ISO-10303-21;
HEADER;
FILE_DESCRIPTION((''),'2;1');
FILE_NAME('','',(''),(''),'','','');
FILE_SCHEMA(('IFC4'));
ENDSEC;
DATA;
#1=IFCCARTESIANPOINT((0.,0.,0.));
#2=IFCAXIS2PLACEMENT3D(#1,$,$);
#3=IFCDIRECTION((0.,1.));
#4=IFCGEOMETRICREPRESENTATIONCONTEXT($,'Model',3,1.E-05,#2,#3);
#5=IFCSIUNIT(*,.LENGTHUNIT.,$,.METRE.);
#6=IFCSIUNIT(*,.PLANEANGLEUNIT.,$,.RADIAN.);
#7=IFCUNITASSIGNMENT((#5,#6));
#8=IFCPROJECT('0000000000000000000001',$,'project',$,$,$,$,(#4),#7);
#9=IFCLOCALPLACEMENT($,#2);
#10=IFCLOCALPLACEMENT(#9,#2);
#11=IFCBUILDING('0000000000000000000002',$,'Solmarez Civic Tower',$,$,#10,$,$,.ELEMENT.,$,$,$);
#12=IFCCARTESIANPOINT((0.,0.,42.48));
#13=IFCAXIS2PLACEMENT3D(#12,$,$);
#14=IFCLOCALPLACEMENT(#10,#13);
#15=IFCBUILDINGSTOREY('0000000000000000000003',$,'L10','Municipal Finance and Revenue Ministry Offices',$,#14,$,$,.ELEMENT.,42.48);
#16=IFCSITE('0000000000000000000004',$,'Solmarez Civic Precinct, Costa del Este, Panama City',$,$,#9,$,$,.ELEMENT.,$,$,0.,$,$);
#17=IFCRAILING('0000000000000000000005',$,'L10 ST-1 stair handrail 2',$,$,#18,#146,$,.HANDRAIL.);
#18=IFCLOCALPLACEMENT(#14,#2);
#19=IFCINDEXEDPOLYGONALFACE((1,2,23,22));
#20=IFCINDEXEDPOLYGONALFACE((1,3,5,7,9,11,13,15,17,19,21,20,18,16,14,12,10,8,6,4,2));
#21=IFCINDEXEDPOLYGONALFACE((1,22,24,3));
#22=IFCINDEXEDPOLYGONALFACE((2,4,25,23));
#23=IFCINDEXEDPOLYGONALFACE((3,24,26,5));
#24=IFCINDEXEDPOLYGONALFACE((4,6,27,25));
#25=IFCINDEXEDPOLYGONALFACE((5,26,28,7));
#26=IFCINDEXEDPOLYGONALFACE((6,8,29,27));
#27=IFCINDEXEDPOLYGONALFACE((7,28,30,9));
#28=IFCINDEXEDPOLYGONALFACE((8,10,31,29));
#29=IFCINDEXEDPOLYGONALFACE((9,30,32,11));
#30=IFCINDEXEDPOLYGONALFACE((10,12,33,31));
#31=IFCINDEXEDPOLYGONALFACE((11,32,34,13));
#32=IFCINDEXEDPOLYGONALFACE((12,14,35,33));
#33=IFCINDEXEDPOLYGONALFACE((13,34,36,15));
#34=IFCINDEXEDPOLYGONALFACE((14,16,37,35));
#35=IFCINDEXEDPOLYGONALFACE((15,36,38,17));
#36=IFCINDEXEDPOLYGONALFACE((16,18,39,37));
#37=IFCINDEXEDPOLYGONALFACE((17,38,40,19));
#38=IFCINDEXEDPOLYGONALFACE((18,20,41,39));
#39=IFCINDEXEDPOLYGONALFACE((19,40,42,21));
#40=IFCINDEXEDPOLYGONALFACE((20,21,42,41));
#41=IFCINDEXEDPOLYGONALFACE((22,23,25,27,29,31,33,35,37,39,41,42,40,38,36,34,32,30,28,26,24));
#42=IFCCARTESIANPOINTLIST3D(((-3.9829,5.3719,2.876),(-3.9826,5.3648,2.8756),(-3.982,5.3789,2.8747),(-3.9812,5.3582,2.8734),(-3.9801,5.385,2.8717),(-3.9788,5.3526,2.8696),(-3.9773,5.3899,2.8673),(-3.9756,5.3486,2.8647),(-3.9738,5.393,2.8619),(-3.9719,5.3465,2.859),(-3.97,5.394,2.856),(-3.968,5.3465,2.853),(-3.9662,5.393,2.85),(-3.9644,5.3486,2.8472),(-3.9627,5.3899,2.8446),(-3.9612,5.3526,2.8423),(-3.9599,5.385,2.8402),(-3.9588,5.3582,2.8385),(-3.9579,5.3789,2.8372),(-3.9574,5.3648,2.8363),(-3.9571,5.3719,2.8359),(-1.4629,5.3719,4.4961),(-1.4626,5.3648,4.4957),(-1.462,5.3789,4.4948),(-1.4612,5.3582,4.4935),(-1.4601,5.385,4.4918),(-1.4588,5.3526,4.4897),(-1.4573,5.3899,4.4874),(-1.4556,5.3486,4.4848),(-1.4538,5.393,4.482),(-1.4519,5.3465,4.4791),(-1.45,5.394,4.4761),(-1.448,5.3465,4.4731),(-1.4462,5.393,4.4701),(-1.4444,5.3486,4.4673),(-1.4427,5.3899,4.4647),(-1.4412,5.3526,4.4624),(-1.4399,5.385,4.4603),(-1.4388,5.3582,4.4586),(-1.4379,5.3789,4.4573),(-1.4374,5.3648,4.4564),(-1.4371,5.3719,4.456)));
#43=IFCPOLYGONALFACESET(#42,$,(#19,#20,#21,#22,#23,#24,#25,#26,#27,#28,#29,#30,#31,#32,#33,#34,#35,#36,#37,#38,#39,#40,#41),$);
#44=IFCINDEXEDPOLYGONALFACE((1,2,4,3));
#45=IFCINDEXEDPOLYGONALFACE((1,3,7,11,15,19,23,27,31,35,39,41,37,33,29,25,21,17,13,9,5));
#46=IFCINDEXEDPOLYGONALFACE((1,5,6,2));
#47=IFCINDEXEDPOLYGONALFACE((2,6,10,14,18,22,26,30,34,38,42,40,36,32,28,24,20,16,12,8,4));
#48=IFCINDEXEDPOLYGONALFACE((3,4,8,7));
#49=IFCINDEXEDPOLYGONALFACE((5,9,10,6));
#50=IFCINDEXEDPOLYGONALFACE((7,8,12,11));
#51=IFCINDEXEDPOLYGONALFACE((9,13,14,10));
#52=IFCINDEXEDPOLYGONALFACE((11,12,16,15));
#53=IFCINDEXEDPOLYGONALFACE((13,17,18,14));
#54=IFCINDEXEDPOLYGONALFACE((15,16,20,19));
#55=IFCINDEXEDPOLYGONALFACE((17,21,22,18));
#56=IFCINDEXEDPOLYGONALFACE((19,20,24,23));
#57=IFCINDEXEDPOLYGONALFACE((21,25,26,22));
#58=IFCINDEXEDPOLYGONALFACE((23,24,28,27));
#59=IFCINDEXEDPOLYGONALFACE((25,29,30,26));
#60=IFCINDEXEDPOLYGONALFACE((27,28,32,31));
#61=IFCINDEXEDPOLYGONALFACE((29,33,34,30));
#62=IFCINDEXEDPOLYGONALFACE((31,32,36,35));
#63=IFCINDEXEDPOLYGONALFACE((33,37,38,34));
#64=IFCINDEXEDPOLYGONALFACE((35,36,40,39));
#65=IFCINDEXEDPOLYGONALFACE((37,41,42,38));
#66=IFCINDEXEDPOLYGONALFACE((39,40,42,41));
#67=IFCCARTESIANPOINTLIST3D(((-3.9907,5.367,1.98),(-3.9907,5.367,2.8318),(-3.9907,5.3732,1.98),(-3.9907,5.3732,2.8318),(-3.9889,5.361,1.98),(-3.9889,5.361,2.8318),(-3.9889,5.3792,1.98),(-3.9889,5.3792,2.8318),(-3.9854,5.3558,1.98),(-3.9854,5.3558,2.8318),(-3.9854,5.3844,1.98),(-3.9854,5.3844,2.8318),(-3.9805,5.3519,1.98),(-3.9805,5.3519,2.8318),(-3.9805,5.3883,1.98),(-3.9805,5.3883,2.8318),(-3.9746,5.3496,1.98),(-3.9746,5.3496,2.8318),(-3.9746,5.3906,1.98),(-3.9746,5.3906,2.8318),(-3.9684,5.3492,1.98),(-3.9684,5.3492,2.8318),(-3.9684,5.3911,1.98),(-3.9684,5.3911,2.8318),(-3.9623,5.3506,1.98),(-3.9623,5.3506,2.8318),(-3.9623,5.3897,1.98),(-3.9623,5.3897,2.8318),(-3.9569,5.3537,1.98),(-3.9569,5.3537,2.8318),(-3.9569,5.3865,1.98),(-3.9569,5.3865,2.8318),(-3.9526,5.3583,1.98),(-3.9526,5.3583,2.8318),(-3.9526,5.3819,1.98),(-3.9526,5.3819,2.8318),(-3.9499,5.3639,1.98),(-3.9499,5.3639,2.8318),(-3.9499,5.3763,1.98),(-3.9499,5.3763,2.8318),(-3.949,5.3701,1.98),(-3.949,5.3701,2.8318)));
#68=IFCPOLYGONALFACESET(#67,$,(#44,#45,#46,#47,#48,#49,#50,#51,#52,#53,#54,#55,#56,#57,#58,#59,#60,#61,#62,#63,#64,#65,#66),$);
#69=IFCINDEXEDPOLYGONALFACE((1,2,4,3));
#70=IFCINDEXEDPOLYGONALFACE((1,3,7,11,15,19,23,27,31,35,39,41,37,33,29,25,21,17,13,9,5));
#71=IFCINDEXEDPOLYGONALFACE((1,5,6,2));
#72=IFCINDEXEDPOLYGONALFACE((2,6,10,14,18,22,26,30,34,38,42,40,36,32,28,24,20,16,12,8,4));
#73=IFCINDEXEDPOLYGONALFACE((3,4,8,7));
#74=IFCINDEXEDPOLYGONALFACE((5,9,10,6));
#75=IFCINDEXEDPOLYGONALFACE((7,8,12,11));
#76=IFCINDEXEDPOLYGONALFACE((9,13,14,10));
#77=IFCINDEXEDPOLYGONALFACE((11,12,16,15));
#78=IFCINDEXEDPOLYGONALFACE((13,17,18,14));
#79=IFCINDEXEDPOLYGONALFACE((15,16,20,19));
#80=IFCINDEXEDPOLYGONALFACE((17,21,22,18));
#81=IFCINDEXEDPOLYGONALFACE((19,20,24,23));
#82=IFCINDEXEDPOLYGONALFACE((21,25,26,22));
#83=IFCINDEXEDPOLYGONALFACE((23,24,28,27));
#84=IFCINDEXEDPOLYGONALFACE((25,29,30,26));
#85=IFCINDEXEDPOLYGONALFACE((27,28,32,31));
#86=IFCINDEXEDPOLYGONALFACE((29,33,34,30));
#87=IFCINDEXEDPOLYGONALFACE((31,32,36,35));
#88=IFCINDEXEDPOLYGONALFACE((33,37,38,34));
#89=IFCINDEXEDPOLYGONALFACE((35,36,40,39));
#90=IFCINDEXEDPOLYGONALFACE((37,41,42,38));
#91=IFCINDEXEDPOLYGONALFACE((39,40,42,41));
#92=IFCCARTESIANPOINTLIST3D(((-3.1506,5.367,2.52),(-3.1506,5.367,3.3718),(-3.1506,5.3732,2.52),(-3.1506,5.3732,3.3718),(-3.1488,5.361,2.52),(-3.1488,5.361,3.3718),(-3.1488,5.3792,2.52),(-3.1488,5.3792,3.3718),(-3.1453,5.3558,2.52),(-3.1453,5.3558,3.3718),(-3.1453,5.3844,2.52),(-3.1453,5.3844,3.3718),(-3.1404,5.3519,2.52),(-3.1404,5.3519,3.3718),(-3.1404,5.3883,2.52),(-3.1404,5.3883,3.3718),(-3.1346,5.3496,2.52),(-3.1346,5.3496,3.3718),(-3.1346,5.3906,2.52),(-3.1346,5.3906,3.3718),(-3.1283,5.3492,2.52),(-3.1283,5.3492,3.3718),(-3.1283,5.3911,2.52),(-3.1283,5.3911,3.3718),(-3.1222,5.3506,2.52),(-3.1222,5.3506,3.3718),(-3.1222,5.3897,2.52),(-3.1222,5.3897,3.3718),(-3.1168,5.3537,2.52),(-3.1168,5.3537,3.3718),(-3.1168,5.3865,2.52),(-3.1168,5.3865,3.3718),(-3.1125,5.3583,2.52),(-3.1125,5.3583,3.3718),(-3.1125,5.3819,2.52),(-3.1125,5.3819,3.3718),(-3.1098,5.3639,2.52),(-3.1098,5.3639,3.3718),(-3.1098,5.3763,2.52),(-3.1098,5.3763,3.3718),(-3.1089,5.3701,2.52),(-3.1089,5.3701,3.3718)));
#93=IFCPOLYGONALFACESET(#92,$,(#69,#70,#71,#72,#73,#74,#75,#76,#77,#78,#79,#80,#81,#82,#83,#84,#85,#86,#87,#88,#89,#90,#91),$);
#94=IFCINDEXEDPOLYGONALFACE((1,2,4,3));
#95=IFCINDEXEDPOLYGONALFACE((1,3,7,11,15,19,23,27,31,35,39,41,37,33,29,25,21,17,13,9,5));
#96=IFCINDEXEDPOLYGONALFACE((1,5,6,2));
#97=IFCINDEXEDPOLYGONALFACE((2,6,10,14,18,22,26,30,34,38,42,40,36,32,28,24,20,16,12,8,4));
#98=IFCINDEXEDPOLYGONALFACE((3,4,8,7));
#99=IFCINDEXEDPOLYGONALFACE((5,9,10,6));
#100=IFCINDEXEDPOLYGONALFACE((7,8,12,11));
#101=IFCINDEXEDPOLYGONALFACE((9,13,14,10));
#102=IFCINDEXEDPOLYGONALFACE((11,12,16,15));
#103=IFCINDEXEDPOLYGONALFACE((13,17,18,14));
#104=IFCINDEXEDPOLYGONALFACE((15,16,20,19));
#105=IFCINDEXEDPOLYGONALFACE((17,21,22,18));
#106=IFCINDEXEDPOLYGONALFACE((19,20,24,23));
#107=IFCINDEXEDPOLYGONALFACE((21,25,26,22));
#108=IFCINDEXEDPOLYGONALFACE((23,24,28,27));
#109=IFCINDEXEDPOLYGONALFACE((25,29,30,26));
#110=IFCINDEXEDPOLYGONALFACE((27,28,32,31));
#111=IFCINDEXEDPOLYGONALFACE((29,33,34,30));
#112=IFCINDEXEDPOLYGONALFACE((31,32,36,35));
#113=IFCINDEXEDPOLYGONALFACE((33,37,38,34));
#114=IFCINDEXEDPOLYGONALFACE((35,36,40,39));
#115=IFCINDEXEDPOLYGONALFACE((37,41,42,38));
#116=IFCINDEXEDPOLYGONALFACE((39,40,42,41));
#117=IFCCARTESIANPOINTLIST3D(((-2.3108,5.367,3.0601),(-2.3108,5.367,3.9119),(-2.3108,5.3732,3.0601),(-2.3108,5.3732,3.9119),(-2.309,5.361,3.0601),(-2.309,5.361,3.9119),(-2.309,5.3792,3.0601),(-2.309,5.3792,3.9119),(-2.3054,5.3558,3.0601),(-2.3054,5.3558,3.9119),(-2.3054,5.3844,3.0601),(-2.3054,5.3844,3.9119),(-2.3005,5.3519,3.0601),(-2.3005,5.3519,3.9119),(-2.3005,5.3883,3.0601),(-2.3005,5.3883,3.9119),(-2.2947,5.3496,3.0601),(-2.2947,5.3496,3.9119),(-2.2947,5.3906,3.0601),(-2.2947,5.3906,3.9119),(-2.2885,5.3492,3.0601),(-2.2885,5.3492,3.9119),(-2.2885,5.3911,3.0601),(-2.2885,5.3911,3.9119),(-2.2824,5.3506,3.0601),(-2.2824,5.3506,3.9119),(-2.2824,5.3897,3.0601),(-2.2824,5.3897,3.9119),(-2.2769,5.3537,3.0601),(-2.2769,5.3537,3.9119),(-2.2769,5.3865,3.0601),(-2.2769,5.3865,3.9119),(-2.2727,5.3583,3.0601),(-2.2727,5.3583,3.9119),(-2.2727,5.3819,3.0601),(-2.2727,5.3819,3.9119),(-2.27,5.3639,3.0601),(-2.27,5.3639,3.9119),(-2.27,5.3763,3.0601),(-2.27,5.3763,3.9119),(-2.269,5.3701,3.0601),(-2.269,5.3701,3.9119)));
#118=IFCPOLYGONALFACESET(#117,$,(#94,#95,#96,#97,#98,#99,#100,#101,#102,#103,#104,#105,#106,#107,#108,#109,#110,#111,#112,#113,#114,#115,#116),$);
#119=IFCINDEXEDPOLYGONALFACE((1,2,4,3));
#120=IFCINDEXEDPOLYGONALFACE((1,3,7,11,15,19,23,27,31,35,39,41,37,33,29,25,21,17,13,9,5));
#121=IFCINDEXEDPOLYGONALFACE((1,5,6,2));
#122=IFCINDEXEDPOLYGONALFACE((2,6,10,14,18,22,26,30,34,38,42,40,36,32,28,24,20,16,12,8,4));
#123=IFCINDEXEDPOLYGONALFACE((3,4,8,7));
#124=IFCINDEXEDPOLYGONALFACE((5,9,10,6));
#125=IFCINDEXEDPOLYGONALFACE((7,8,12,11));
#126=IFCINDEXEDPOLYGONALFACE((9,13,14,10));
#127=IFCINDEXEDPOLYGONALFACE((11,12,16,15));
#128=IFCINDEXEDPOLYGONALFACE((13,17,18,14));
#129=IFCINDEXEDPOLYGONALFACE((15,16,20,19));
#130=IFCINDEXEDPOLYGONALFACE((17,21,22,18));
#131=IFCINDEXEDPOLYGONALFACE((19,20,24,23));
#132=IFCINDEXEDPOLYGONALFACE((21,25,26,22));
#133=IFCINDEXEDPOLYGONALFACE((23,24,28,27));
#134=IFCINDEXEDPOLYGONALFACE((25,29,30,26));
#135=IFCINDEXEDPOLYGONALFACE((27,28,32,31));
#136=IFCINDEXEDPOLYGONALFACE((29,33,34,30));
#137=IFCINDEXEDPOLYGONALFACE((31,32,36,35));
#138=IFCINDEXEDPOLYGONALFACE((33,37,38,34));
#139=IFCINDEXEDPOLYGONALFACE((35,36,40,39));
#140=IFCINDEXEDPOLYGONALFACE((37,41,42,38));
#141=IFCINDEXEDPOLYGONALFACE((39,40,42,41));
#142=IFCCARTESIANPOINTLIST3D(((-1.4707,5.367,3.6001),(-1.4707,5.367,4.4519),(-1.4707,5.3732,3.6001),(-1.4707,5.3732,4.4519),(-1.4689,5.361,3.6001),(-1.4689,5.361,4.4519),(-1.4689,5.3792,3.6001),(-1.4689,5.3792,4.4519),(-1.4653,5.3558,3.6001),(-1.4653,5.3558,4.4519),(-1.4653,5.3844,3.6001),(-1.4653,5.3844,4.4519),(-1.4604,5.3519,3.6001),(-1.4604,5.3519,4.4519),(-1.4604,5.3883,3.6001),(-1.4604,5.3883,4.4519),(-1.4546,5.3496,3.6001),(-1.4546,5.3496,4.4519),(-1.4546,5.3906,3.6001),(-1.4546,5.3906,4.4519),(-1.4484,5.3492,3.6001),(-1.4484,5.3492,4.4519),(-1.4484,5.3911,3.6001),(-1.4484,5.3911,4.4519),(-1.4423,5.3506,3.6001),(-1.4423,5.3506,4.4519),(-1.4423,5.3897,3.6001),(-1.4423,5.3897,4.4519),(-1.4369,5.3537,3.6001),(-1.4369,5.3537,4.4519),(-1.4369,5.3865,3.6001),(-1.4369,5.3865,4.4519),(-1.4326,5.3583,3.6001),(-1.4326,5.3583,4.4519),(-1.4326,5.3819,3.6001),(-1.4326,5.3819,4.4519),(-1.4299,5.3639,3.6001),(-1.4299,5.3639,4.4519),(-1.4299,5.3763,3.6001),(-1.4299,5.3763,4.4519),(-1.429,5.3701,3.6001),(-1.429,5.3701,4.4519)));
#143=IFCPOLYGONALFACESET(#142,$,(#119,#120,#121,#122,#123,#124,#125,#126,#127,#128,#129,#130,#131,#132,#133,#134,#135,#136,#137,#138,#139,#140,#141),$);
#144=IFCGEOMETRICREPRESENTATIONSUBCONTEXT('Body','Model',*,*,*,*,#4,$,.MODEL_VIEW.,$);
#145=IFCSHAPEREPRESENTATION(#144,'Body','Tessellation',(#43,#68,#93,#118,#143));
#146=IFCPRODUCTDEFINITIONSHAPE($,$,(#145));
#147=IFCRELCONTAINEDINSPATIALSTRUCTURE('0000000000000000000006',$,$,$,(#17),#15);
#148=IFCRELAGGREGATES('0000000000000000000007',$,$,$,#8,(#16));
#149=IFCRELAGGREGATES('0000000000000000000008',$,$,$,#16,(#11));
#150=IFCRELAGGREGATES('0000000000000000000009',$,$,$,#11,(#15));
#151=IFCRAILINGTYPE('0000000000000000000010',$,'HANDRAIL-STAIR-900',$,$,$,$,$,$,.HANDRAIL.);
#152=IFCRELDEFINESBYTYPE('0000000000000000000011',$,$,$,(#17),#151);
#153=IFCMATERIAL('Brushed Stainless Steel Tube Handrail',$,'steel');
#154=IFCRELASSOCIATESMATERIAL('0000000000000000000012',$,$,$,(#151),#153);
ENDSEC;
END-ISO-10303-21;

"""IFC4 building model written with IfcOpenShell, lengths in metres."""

from ifc_helpers import new_model, si_unit, direction, frame, origin, origin_2d, place, context, subcontext, project, spatial, circle, extrude, material, type_object, element, save


model = new_model("IFC4")

# Units and contexts
model_context = context("Model", 3, precision=1e-05, world=origin(), true_north=direction((0.0, 1.0)))
body_context = subcontext(model_context, "Body", "Model", "MODEL_VIEW")
ifc_project = project(units=[si_unit("LENGTHUNIT", "METRE"), si_unit("PLANEANGLEUNIT", "RADIAN")], contexts=[model_context])

# Site, building, storey
site_placement = place(None, origin())
site = spatial("IfcSite", under=ifc_project, at=site_placement, Name="Solmarez Civic Precinct, Costa del Este, Panama City", CompositionType="ELEMENT", RefElevation=0.0)
building_placement = place(site_placement, origin())
building = spatial("IfcBuilding", under=site, at=building_placement, Name="Solmarez Civic Tower", CompositionType="ELEMENT")
storey_placement = place(building_placement, frame((0.0, 0.0, 42.48)))
storey = spatial("IfcBuildingStorey", under=building, at=storey_placement, Name="L10", Description="Municipal Finance and Revenue Ministry Offices", CompositionType="ELEMENT", Elevation=42.48)

# Railing
ifc_material_1 = material(Name="Brushed Stainless Steel Tube Handrail", Category="steel")
railing_type_1 = type_object("IfcRailingType", Name="HANDRAIL-STAIR-900", PredefinedType="HANDRAIL", material=ifc_material_1)
railing_1_placement = place(storey_placement, frame((-3.97, 5.3701, 1.98)))
element("IfcRailing", 1, at=railing_1_placement, inside=storey, type_object=railing_type_1, Name="L10 ST-1 stair handrail 2", PredefinedType="HANDRAIL", context=body_context, shape_type="SweptSolid", body=[
    extrude(circle(Radius=0.0239, at=origin_2d()), frame((0.0, 0.0, 0.876), z_axis=(0.841163, 0.0, 0.540782), x_axis=(0.0, 1.0, 0.0)), (0.0, 0.0, 1.0), 2.9958),
    extrude(circle(Radius=0.021, at=origin_2d()), origin(), (0.0, 0.0, 1.0), 0.8518),
    extrude(circle(Radius=0.021, at=origin_2d()), frame((0.8401, 0.0, 0.54)), (0.0, 0.0, 1.0), 0.8518),
    extrude(circle(Radius=0.021, at=origin_2d()), frame((1.6799, 0.0, 1.0801)), (0.0, 0.0, 1.0), 0.8518),
    extrude(circle(Radius=0.021, at=origin_2d()), frame((2.52, 0.0, 1.6201)), (0.0, 0.0, 1.0), 0.8518),
])

save(model, "model.ifc")
